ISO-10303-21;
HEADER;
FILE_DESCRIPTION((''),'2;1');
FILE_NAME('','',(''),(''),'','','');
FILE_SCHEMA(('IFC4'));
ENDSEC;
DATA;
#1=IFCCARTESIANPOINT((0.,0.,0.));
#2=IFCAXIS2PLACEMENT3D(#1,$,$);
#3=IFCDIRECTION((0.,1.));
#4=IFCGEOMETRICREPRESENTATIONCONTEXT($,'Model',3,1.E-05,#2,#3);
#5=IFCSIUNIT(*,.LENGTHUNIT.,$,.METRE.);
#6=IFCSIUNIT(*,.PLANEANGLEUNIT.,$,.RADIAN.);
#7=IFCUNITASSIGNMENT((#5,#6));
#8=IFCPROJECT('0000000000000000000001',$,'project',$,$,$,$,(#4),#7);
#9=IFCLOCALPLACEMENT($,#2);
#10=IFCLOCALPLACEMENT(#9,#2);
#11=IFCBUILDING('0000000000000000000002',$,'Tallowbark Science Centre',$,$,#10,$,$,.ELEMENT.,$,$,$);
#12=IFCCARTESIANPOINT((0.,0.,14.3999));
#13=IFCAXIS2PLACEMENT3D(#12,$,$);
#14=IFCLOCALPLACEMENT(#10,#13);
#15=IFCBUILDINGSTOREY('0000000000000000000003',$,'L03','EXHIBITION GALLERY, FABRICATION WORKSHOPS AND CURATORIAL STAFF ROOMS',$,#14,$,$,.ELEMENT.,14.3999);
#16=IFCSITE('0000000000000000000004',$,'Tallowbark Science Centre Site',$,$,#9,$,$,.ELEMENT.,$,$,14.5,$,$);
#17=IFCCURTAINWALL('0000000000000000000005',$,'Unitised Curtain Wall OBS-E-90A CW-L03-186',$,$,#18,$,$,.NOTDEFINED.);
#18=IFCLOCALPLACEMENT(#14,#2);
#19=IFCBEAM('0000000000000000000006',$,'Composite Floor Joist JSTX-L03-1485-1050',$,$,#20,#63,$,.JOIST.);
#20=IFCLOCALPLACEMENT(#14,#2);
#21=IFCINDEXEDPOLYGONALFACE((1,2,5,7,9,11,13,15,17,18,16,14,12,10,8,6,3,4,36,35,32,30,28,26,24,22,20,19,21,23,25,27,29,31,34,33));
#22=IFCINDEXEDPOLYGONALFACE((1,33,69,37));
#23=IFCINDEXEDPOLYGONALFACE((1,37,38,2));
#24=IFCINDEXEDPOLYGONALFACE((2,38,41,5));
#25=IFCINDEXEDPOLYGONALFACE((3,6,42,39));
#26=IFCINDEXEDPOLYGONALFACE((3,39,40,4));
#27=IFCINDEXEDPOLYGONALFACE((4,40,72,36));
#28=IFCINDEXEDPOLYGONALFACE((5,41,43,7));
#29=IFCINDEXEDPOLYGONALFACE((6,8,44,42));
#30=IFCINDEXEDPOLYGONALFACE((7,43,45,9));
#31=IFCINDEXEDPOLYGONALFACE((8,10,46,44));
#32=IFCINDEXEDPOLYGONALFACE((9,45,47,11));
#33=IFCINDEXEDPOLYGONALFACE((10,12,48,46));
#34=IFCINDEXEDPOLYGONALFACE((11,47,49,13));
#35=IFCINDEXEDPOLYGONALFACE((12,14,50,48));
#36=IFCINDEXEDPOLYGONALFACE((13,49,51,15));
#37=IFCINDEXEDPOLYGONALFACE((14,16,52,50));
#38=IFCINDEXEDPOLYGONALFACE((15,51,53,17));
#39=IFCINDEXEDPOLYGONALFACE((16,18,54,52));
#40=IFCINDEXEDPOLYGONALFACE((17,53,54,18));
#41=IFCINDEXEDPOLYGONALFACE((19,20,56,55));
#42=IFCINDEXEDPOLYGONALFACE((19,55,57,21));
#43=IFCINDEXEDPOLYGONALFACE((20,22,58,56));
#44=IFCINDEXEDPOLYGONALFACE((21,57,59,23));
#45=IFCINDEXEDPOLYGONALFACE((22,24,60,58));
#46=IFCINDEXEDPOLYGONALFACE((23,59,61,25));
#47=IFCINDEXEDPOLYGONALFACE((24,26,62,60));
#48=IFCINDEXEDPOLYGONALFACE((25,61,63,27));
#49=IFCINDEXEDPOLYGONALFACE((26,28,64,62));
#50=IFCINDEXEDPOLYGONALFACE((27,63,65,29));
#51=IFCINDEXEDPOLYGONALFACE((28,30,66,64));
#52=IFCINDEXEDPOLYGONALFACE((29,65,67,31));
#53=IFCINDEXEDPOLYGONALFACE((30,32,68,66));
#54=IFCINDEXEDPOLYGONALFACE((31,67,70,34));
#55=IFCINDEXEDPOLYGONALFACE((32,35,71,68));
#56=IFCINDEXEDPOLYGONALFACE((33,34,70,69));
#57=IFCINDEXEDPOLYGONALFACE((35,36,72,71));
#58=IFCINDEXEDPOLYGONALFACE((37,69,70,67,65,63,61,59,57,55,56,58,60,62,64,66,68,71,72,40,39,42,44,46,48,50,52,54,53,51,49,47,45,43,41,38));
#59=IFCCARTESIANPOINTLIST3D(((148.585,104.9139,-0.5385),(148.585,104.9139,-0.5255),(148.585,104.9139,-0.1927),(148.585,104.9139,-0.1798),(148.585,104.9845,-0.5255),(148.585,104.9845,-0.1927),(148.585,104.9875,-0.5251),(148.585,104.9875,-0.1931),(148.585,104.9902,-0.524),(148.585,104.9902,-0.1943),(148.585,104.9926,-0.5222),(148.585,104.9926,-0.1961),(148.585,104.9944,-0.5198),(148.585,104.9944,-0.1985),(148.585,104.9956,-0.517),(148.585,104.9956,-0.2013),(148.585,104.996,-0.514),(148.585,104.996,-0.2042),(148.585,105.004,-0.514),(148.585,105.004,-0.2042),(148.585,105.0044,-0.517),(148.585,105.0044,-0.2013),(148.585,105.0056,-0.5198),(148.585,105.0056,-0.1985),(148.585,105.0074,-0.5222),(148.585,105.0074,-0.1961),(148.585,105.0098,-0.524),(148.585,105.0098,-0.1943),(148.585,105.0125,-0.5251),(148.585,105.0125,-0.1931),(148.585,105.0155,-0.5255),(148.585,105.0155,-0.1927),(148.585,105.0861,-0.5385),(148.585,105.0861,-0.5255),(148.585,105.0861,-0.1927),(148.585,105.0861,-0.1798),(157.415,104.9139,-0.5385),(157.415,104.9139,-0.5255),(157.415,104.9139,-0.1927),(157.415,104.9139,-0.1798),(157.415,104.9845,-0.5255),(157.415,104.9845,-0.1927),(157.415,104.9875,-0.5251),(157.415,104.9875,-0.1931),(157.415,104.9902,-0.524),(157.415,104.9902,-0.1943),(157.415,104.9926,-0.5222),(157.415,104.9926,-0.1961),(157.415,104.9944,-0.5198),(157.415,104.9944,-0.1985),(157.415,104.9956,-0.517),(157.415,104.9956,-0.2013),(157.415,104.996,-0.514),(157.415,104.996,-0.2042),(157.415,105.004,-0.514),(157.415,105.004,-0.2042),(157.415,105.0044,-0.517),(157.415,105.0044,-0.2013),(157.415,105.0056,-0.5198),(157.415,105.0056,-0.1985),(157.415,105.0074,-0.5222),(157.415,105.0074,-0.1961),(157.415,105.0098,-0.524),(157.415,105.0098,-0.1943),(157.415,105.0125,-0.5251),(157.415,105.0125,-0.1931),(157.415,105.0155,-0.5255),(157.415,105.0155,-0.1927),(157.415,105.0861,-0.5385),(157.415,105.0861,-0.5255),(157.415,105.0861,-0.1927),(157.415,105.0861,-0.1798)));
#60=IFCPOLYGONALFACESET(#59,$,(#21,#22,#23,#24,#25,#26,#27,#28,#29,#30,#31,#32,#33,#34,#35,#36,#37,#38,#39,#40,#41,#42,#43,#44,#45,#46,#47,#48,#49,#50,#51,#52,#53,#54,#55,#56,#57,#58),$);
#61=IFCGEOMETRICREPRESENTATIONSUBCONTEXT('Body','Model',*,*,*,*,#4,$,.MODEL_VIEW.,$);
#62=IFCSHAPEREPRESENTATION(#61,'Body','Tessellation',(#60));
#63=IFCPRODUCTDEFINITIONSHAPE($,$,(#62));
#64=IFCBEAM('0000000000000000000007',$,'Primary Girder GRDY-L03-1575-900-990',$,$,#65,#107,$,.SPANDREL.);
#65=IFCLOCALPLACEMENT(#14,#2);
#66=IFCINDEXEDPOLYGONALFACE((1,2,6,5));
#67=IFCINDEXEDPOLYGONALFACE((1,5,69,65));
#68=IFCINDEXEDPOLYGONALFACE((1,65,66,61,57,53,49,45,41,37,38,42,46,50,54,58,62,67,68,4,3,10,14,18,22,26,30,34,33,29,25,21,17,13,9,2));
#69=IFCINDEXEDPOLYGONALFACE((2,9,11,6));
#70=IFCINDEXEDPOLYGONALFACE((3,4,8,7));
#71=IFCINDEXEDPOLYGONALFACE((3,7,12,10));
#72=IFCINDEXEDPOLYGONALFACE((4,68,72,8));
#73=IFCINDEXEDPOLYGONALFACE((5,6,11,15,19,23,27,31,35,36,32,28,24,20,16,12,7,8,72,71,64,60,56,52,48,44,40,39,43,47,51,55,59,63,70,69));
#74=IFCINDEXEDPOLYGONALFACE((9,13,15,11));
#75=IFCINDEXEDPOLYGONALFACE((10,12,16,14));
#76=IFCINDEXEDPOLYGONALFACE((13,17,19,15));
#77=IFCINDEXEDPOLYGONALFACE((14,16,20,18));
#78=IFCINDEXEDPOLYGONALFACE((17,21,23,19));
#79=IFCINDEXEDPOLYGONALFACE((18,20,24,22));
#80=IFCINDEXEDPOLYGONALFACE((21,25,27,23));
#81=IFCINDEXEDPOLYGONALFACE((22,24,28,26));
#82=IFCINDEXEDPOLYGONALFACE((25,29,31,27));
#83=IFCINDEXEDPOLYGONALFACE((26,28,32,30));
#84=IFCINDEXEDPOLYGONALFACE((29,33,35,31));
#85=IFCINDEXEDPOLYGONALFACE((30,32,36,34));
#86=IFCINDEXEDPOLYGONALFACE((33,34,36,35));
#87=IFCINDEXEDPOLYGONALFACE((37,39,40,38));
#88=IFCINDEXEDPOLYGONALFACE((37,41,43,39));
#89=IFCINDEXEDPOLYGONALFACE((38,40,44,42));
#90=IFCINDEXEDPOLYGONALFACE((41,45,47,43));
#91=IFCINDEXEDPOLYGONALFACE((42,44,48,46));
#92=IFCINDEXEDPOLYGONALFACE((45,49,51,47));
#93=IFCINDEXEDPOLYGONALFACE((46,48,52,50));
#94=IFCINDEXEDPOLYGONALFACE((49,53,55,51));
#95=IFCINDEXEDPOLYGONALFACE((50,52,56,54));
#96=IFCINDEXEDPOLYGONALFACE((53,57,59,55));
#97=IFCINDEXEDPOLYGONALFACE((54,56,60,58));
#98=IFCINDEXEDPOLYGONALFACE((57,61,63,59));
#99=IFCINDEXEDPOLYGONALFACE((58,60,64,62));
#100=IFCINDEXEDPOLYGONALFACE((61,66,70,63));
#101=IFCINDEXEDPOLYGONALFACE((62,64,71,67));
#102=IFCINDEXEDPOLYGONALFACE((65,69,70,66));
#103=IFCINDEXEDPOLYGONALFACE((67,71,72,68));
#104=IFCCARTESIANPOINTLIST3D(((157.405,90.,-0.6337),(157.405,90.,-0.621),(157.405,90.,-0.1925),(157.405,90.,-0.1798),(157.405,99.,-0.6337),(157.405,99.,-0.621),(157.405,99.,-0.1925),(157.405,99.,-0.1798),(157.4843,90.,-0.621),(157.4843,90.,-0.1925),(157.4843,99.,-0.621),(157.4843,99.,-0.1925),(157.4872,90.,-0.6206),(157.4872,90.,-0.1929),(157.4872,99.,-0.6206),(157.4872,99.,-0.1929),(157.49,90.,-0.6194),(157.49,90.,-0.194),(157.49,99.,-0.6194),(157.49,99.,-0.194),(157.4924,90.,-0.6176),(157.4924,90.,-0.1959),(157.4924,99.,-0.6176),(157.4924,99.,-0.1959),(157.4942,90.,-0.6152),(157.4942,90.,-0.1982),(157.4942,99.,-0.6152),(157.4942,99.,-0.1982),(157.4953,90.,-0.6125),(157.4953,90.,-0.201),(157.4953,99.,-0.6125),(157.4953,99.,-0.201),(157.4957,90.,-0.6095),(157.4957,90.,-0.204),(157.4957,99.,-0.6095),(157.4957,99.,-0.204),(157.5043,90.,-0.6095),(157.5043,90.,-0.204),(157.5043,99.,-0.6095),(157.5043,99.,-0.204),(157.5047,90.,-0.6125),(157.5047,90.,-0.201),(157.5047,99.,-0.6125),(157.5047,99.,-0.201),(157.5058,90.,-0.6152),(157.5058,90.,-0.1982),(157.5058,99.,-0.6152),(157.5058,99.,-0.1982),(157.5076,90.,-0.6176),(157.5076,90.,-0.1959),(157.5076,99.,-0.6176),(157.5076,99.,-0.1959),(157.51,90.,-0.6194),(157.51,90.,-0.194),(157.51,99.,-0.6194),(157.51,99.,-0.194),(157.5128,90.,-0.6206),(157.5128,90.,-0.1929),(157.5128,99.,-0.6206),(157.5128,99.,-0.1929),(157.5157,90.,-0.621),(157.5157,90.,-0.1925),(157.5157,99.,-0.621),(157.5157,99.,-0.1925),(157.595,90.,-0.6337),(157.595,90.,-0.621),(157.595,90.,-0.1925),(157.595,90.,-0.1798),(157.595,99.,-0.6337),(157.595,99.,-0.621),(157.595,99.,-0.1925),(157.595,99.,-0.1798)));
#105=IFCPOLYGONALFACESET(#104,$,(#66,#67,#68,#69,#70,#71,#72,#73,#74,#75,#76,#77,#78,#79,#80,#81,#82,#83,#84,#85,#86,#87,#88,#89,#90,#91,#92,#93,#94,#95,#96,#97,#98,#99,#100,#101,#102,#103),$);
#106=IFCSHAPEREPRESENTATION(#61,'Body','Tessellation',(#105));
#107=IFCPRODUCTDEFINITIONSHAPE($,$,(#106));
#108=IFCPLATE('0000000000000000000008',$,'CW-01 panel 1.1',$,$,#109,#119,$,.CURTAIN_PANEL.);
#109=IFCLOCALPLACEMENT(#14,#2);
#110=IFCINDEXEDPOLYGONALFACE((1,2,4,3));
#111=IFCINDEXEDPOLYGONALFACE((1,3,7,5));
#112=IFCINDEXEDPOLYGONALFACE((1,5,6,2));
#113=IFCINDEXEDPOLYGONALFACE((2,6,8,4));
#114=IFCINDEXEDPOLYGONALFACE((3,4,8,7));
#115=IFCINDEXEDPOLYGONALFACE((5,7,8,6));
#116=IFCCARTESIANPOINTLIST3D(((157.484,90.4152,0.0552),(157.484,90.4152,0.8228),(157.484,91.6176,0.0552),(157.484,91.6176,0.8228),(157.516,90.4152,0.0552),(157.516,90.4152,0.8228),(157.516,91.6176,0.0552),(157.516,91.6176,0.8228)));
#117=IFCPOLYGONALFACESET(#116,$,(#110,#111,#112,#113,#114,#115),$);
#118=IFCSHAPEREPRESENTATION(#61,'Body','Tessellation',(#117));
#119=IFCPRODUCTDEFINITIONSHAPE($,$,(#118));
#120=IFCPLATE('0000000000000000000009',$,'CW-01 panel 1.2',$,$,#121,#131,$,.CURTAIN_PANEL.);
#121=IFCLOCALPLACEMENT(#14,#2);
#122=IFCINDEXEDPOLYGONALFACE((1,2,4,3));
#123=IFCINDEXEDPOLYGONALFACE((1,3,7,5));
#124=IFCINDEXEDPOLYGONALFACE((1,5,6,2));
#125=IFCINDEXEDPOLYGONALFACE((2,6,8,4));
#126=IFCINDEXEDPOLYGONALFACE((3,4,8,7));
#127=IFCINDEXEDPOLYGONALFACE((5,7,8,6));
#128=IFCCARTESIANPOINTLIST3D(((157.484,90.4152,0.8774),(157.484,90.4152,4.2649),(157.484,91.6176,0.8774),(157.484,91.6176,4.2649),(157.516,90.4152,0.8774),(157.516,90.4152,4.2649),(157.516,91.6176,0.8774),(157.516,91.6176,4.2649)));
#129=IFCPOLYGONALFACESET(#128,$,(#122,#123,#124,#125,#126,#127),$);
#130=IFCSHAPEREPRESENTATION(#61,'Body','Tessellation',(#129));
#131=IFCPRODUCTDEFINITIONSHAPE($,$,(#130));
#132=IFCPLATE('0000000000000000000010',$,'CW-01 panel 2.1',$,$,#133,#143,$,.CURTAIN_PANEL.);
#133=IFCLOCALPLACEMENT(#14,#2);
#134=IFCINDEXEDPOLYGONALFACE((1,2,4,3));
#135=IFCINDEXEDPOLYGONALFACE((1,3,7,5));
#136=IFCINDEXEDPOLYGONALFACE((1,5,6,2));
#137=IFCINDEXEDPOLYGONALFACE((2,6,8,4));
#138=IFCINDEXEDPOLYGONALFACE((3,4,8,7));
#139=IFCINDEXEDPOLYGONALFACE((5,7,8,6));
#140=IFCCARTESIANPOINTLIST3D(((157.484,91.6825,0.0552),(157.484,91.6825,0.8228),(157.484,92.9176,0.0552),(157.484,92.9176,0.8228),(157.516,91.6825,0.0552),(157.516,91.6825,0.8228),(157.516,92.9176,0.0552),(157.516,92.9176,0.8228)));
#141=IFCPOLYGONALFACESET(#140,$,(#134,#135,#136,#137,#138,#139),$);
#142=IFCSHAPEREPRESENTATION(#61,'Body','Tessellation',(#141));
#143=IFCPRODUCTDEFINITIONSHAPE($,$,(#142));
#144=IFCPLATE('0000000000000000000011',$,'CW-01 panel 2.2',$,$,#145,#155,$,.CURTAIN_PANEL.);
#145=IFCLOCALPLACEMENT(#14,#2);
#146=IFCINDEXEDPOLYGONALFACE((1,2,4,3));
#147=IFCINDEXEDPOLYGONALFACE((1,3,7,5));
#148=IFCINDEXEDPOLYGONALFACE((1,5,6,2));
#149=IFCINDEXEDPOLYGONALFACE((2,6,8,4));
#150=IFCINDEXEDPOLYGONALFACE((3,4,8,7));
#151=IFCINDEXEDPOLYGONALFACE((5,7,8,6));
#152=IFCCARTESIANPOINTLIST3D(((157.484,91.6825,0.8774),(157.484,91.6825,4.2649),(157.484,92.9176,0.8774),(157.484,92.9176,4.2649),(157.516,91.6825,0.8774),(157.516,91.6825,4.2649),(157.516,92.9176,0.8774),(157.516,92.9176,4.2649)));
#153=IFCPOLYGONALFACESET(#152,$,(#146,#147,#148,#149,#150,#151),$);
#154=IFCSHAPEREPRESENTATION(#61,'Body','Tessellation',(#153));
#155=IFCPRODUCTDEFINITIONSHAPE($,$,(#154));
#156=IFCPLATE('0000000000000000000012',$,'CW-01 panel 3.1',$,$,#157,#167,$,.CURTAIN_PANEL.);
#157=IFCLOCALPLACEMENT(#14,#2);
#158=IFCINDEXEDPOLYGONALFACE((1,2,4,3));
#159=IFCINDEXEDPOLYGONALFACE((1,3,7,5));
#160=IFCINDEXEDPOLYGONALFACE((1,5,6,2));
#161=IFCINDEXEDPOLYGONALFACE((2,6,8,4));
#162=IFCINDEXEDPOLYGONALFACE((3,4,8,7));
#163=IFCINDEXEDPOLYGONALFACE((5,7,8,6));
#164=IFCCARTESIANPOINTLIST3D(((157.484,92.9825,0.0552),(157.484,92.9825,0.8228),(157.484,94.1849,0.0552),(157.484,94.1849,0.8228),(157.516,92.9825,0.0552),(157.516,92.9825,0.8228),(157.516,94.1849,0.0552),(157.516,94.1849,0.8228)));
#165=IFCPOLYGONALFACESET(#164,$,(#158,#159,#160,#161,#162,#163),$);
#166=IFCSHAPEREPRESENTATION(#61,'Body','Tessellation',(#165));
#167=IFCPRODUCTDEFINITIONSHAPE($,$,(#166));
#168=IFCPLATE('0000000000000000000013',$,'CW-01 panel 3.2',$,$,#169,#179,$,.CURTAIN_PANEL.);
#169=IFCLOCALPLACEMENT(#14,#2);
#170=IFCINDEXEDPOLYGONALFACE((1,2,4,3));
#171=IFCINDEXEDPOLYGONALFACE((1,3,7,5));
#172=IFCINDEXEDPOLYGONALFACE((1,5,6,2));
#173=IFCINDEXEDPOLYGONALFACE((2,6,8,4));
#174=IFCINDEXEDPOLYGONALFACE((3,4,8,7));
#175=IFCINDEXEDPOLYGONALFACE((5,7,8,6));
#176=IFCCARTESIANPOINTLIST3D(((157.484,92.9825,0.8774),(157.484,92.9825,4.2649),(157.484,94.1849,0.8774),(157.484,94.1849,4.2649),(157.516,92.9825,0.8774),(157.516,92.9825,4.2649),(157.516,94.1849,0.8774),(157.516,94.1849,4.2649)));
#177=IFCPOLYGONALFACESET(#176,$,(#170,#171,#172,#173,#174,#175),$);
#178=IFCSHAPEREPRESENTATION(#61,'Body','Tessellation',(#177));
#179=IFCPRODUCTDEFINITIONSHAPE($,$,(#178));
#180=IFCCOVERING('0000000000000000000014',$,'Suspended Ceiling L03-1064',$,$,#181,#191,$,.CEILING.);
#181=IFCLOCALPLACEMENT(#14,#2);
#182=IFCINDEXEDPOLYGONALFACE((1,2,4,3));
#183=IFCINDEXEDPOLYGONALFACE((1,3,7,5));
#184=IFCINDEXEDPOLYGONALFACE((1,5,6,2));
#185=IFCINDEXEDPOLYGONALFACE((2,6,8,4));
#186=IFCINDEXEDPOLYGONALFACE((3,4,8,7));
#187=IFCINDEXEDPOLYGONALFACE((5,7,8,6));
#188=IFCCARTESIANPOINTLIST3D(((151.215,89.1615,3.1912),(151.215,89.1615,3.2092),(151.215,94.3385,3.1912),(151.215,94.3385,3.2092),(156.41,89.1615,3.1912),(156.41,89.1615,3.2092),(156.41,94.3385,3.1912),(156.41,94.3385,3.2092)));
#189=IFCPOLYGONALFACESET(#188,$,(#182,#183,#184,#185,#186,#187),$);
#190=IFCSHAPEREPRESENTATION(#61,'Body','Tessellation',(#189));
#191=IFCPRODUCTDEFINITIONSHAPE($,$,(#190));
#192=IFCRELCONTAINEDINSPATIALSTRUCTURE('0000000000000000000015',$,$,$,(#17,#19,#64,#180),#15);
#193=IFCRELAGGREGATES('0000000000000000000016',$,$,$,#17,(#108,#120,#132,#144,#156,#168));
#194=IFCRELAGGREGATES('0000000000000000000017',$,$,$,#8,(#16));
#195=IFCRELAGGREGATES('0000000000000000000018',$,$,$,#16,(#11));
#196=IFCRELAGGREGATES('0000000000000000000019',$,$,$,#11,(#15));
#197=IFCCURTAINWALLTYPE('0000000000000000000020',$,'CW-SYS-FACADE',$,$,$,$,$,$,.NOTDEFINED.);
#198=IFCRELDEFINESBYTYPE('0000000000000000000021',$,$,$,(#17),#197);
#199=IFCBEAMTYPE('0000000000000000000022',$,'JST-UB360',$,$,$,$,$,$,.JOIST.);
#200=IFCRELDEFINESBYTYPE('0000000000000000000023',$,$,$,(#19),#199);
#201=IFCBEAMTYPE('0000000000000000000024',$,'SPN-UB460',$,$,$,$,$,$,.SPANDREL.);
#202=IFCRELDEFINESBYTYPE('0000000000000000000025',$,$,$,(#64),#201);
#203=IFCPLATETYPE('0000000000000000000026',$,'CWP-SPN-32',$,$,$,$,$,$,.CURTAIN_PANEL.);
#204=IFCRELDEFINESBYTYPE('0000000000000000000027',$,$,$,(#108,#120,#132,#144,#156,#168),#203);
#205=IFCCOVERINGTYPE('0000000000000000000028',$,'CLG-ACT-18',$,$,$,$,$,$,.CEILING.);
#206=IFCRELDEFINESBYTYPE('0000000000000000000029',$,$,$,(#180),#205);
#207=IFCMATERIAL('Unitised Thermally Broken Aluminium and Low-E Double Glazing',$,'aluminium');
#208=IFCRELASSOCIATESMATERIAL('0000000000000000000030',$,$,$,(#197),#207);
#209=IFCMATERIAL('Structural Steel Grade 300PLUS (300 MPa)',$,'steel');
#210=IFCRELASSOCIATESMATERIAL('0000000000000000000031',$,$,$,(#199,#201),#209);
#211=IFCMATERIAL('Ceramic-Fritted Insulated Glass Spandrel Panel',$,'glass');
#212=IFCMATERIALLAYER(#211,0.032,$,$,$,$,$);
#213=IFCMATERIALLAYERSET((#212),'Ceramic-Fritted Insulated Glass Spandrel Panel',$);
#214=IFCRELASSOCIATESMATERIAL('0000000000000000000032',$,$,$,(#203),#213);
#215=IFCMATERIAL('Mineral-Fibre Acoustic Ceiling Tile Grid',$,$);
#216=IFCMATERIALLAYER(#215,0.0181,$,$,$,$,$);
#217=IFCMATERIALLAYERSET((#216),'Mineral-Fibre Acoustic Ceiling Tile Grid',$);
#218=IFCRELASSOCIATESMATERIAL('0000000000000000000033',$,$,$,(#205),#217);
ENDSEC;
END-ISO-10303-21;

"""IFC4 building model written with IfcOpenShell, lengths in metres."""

from ifc_helpers import new_model, si_unit, direction, frame, origin, origin_2d, place, context, subcontext, project, spatial, rectangle, i_section, extrude, material, layer, layer_set, material_profile, profile_set, type_object, element, aggregate, save


model = new_model("IFC4")

# Units and contexts
model_context = context("Model", 3, precision=1e-05, world=origin(), true_north=direction((0.0, 1.0)))
body_context = subcontext(model_context, "Body", "Model", "MODEL_VIEW")
ifc_project = project(units=[si_unit("LENGTHUNIT", "METRE"), si_unit("PLANEANGLEUNIT", "RADIAN")], contexts=[model_context])

# Site, building, storey
site_placement = place(None, origin())
site = spatial("IfcSite", under=ifc_project, at=site_placement, Name="Tallowbark Science Centre Site", CompositionType="ELEMENT", RefElevation=14.5)
building_placement = place(site_placement, origin())
building = spatial("IfcBuilding", under=site, at=building_placement, Name="Tallowbark Science Centre", CompositionType="ELEMENT")
storey_placement = place(building_placement, frame((0.0, 0.0, 14.3999)))
storey = spatial("IfcBuildingStorey", under=building, at=storey_placement, Name="L03", Description="EXHIBITION GALLERY, FABRICATION WORKSHOPS AND CURATORIAL STAFF ROOMS", CompositionType="ELEMENT", Elevation=14.3999)

# Shared definitions
ifc_material_1 = material(Name="Structural Steel Grade 300PLUS (300 MPa)", Category="steel")

# Curtain wall
ifc_material_2 = material(Name="Unitised Thermally Broken Aluminium and Low-E Double Glazing", Category="aluminium")
curtain_wall_type = type_object("IfcCurtainWallType", Name="CW-SYS-FACADE", PredefinedType="NOTDEFINED", material=ifc_material_2)
curtain_wall_placement = place(storey_placement, origin())
curtain_wall = element("IfcCurtainWall", 1, at=curtain_wall_placement, inside=storey, type_object=curtain_wall_type, Name="Unitised Curtain Wall OBS-E-90A CW-L03-186", PredefinedType="NOTDEFINED")

# Beams
ifc_material_profile_1 = material_profile(ifc_material_1, i_section(OverallWidth=0.1721, OverallDepth=0.3586, WebThickness=0.0081, FlangeThickness=0.0129, FilletRadius=0.0115, at=origin_2d()), Name="360UB56.7")
ifc_profile_set_1 = profile_set([ifc_material_profile_1], Name="Structural Steel Grade 300PLUS (300 MPa)")
beam_type_1 = type_object("IfcBeamType", Name="JST-UB360", PredefinedType="JOIST", material=ifc_profile_set_1)
for number, where, z_axis, x_axis, name in (
    (2, (148.585, 105.0, -0.3591), (1.0, 0.0, 0.0), (0.0, 1.0, 0.0), "Composite Floor Joist JSTX-L03-1485-1050"),
):
    element("IfcBeam", number, at=place(storey_placement, frame(where, z_axis=z_axis, x_axis=x_axis)), inside=storey, type_object=beam_type_1, Name=name, PredefinedType="JOIST", context=body_context, shape_type="SweptSolid", body=[
        extrude(i_section(OverallWidth=0.1721, OverallDepth=0.3586, WebThickness=0.0081, FlangeThickness=0.0129, FilletRadius=0.0115, at=origin_2d()), origin(), (0.0, 0.0, 1.0), 8.8301),
    ])
ifc_material_profile_2 = material_profile(ifc_material_1, i_section(OverallWidth=0.1899, OverallDepth=0.4539, WebThickness=0.0085, FlangeThickness=0.0127, FilletRadius=0.0115, at=origin_2d()), Name="460UB67.1")
ifc_profile_set_2 = profile_set([ifc_material_profile_2], Name="Structural Steel Grade 300PLUS (300 MPa)")
beam_type_2 = type_object("IfcBeamType", Name="SPN-UB460", PredefinedType="SPANDREL", material=ifc_profile_set_2)
beam_placement = place(storey_placement, frame((157.5, 90.0, -0.4067), z_axis=(0.0, 1.0, 0.0), x_axis=(-1.0, 0.0, 0.0)))
element("IfcBeam", 3, at=beam_placement, inside=storey, type_object=beam_type_2, Name="Primary Girder GRDY-L03-1575-900-990", PredefinedType="SPANDREL", context=body_context, shape_type="SweptSolid", body=[
    extrude(i_section(OverallWidth=0.1899, OverallDepth=0.4539, WebThickness=0.0085, FlangeThickness=0.0127, FilletRadius=0.0115, at=origin_2d()), origin(), (0.0, 0.0, 1.0), 9.0),
])

# Plates
ifc_material_3 = material(Name="Ceramic-Fritted Insulated Glass Spandrel Panel", Category="glass")
ifc_layer_1 = layer(ifc_material_3, 0.032)
ifc_layer_set_1 = layer_set([ifc_layer_1], Name="Ceramic-Fritted Insulated Glass Spandrel Panel")
plate_type = type_object("IfcPlateType", Name="CWP-SPN-32", PredefinedType="CURTAIN_PANEL", material=ifc_layer_set_1)
plate_1_placement = place(storey_placement, frame((157.5, 91.0164, 0.0552), z_axis=(0.0, 0.0, 1.0), x_axis=(0.0, 1.0, 0.0)))
plate_1 = element("IfcPlate", 4, at=plate_1_placement, type_object=plate_type, Name="CW-01 panel 1.1", PredefinedType="CURTAIN_PANEL", context=body_context, shape_type="SweptSolid", body=[
    extrude(rectangle(XDim=1.2024, YDim=0.032, at=origin_2d()), origin(), (0.0, 0.0, 1.0), 0.7676),
])
plate_2_placement = place(storey_placement, frame((157.5, 91.0164, 0.8774), z_axis=(0.0, 0.0, 1.0), x_axis=(0.0, 1.0, 0.0)))
plate_2 = element("IfcPlate", 5, at=plate_2_placement, type_object=plate_type, Name="CW-01 panel 1.2", PredefinedType="CURTAIN_PANEL", context=body_context, shape_type="SweptSolid", body=[
    extrude(rectangle(XDim=1.2024, YDim=0.032, at=origin_2d()), origin(), (0.0, 0.0, 1.0), 3.3875),
])
plate_3_placement = place(storey_placement, frame((157.5, 92.3, 0.0552), z_axis=(0.0, 0.0, 1.0), x_axis=(0.0, 1.0, 0.0)))
plate_3 = element("IfcPlate", 6, at=plate_3_placement, type_object=plate_type, Name="CW-01 panel 2.1", PredefinedType="CURTAIN_PANEL", context=body_context, shape_type="SweptSolid", body=[
    extrude(rectangle(XDim=1.2351, YDim=0.032, at=origin_2d()), origin(), (0.0, 0.0, 1.0), 0.7676),
])
plate_4_placement = place(storey_placement, frame((157.5, 92.3, 0.8774), z_axis=(0.0, 0.0, 1.0), x_axis=(0.0, 1.0, 0.0)))
plate_4 = element("IfcPlate", 7, at=plate_4_placement, type_object=plate_type, Name="CW-01 panel 2.2", PredefinedType="CURTAIN_PANEL", context=body_context, shape_type="SweptSolid", body=[
    extrude(rectangle(XDim=1.2351, YDim=0.032, at=origin_2d()), origin(), (0.0, 0.0, 1.0), 3.3875),
])
plate_5_placement = place(storey_placement, frame((157.5, 93.5837, 0.0552), z_axis=(0.0, 0.0, 1.0), x_axis=(0.0, 1.0, 0.0)))
plate_5 = element("IfcPlate", 8, at=plate_5_placement, type_object=plate_type, Name="CW-01 panel 3.1", PredefinedType="CURTAIN_PANEL", context=body_context, shape_type="SweptSolid", body=[
    extrude(rectangle(XDim=1.2024, YDim=0.032, at=origin_2d()), origin(), (0.0, 0.0, 1.0), 0.7676),
])
plate_6_placement = place(storey_placement, frame((157.5, 93.5837, 0.8774), z_axis=(0.0, 0.0, 1.0), x_axis=(0.0, 1.0, 0.0)))
plate_6 = element("IfcPlate", 9, at=plate_6_placement, type_object=plate_type, Name="CW-01 panel 3.2", PredefinedType="CURTAIN_PANEL", context=body_context, shape_type="SweptSolid", body=[
    extrude(rectangle(XDim=1.2024, YDim=0.032, at=origin_2d()), origin(), (0.0, 0.0, 1.0), 3.3875),
])
aggregate(curtain_wall, [plate_1, plate_2, plate_3, plate_4, plate_5, plate_6])

# Covering
ifc_material_4 = material(Name="Mineral-Fibre Acoustic Ceiling Tile Grid")
ifc_layer_2 = layer(ifc_material_4, 0.0181)
ifc_layer_set_2 = layer_set([ifc_layer_2], Name="Mineral-Fibre Acoustic Ceiling Tile Grid")
covering_type_1 = type_object("IfcCoveringType", Name="CLG-ACT-18", PredefinedType="CEILING", material=ifc_layer_set_2)
for number, where, z_axis, x_axis, name in (
    (10, (153.8125, 91.75, 3.1912), (0.0, 0.0, 1.0), (1.0, 0.0, 0.0), "Suspended Ceiling L03-1064"),
):
    element("IfcCovering", number, at=place(storey_placement, frame(where, z_axis=z_axis, x_axis=x_axis)), inside=storey, type_object=covering_type_1, Name=name, PredefinedType="CEILING", context=body_context, shape_type="SweptSolid", body=[
        extrude(rectangle(XDim=5.1951, YDim=5.177, at=origin_2d()), origin(), (0.0, 0.0, 1.0), 0.0181),
    ])

save(model, "model.ifc")
